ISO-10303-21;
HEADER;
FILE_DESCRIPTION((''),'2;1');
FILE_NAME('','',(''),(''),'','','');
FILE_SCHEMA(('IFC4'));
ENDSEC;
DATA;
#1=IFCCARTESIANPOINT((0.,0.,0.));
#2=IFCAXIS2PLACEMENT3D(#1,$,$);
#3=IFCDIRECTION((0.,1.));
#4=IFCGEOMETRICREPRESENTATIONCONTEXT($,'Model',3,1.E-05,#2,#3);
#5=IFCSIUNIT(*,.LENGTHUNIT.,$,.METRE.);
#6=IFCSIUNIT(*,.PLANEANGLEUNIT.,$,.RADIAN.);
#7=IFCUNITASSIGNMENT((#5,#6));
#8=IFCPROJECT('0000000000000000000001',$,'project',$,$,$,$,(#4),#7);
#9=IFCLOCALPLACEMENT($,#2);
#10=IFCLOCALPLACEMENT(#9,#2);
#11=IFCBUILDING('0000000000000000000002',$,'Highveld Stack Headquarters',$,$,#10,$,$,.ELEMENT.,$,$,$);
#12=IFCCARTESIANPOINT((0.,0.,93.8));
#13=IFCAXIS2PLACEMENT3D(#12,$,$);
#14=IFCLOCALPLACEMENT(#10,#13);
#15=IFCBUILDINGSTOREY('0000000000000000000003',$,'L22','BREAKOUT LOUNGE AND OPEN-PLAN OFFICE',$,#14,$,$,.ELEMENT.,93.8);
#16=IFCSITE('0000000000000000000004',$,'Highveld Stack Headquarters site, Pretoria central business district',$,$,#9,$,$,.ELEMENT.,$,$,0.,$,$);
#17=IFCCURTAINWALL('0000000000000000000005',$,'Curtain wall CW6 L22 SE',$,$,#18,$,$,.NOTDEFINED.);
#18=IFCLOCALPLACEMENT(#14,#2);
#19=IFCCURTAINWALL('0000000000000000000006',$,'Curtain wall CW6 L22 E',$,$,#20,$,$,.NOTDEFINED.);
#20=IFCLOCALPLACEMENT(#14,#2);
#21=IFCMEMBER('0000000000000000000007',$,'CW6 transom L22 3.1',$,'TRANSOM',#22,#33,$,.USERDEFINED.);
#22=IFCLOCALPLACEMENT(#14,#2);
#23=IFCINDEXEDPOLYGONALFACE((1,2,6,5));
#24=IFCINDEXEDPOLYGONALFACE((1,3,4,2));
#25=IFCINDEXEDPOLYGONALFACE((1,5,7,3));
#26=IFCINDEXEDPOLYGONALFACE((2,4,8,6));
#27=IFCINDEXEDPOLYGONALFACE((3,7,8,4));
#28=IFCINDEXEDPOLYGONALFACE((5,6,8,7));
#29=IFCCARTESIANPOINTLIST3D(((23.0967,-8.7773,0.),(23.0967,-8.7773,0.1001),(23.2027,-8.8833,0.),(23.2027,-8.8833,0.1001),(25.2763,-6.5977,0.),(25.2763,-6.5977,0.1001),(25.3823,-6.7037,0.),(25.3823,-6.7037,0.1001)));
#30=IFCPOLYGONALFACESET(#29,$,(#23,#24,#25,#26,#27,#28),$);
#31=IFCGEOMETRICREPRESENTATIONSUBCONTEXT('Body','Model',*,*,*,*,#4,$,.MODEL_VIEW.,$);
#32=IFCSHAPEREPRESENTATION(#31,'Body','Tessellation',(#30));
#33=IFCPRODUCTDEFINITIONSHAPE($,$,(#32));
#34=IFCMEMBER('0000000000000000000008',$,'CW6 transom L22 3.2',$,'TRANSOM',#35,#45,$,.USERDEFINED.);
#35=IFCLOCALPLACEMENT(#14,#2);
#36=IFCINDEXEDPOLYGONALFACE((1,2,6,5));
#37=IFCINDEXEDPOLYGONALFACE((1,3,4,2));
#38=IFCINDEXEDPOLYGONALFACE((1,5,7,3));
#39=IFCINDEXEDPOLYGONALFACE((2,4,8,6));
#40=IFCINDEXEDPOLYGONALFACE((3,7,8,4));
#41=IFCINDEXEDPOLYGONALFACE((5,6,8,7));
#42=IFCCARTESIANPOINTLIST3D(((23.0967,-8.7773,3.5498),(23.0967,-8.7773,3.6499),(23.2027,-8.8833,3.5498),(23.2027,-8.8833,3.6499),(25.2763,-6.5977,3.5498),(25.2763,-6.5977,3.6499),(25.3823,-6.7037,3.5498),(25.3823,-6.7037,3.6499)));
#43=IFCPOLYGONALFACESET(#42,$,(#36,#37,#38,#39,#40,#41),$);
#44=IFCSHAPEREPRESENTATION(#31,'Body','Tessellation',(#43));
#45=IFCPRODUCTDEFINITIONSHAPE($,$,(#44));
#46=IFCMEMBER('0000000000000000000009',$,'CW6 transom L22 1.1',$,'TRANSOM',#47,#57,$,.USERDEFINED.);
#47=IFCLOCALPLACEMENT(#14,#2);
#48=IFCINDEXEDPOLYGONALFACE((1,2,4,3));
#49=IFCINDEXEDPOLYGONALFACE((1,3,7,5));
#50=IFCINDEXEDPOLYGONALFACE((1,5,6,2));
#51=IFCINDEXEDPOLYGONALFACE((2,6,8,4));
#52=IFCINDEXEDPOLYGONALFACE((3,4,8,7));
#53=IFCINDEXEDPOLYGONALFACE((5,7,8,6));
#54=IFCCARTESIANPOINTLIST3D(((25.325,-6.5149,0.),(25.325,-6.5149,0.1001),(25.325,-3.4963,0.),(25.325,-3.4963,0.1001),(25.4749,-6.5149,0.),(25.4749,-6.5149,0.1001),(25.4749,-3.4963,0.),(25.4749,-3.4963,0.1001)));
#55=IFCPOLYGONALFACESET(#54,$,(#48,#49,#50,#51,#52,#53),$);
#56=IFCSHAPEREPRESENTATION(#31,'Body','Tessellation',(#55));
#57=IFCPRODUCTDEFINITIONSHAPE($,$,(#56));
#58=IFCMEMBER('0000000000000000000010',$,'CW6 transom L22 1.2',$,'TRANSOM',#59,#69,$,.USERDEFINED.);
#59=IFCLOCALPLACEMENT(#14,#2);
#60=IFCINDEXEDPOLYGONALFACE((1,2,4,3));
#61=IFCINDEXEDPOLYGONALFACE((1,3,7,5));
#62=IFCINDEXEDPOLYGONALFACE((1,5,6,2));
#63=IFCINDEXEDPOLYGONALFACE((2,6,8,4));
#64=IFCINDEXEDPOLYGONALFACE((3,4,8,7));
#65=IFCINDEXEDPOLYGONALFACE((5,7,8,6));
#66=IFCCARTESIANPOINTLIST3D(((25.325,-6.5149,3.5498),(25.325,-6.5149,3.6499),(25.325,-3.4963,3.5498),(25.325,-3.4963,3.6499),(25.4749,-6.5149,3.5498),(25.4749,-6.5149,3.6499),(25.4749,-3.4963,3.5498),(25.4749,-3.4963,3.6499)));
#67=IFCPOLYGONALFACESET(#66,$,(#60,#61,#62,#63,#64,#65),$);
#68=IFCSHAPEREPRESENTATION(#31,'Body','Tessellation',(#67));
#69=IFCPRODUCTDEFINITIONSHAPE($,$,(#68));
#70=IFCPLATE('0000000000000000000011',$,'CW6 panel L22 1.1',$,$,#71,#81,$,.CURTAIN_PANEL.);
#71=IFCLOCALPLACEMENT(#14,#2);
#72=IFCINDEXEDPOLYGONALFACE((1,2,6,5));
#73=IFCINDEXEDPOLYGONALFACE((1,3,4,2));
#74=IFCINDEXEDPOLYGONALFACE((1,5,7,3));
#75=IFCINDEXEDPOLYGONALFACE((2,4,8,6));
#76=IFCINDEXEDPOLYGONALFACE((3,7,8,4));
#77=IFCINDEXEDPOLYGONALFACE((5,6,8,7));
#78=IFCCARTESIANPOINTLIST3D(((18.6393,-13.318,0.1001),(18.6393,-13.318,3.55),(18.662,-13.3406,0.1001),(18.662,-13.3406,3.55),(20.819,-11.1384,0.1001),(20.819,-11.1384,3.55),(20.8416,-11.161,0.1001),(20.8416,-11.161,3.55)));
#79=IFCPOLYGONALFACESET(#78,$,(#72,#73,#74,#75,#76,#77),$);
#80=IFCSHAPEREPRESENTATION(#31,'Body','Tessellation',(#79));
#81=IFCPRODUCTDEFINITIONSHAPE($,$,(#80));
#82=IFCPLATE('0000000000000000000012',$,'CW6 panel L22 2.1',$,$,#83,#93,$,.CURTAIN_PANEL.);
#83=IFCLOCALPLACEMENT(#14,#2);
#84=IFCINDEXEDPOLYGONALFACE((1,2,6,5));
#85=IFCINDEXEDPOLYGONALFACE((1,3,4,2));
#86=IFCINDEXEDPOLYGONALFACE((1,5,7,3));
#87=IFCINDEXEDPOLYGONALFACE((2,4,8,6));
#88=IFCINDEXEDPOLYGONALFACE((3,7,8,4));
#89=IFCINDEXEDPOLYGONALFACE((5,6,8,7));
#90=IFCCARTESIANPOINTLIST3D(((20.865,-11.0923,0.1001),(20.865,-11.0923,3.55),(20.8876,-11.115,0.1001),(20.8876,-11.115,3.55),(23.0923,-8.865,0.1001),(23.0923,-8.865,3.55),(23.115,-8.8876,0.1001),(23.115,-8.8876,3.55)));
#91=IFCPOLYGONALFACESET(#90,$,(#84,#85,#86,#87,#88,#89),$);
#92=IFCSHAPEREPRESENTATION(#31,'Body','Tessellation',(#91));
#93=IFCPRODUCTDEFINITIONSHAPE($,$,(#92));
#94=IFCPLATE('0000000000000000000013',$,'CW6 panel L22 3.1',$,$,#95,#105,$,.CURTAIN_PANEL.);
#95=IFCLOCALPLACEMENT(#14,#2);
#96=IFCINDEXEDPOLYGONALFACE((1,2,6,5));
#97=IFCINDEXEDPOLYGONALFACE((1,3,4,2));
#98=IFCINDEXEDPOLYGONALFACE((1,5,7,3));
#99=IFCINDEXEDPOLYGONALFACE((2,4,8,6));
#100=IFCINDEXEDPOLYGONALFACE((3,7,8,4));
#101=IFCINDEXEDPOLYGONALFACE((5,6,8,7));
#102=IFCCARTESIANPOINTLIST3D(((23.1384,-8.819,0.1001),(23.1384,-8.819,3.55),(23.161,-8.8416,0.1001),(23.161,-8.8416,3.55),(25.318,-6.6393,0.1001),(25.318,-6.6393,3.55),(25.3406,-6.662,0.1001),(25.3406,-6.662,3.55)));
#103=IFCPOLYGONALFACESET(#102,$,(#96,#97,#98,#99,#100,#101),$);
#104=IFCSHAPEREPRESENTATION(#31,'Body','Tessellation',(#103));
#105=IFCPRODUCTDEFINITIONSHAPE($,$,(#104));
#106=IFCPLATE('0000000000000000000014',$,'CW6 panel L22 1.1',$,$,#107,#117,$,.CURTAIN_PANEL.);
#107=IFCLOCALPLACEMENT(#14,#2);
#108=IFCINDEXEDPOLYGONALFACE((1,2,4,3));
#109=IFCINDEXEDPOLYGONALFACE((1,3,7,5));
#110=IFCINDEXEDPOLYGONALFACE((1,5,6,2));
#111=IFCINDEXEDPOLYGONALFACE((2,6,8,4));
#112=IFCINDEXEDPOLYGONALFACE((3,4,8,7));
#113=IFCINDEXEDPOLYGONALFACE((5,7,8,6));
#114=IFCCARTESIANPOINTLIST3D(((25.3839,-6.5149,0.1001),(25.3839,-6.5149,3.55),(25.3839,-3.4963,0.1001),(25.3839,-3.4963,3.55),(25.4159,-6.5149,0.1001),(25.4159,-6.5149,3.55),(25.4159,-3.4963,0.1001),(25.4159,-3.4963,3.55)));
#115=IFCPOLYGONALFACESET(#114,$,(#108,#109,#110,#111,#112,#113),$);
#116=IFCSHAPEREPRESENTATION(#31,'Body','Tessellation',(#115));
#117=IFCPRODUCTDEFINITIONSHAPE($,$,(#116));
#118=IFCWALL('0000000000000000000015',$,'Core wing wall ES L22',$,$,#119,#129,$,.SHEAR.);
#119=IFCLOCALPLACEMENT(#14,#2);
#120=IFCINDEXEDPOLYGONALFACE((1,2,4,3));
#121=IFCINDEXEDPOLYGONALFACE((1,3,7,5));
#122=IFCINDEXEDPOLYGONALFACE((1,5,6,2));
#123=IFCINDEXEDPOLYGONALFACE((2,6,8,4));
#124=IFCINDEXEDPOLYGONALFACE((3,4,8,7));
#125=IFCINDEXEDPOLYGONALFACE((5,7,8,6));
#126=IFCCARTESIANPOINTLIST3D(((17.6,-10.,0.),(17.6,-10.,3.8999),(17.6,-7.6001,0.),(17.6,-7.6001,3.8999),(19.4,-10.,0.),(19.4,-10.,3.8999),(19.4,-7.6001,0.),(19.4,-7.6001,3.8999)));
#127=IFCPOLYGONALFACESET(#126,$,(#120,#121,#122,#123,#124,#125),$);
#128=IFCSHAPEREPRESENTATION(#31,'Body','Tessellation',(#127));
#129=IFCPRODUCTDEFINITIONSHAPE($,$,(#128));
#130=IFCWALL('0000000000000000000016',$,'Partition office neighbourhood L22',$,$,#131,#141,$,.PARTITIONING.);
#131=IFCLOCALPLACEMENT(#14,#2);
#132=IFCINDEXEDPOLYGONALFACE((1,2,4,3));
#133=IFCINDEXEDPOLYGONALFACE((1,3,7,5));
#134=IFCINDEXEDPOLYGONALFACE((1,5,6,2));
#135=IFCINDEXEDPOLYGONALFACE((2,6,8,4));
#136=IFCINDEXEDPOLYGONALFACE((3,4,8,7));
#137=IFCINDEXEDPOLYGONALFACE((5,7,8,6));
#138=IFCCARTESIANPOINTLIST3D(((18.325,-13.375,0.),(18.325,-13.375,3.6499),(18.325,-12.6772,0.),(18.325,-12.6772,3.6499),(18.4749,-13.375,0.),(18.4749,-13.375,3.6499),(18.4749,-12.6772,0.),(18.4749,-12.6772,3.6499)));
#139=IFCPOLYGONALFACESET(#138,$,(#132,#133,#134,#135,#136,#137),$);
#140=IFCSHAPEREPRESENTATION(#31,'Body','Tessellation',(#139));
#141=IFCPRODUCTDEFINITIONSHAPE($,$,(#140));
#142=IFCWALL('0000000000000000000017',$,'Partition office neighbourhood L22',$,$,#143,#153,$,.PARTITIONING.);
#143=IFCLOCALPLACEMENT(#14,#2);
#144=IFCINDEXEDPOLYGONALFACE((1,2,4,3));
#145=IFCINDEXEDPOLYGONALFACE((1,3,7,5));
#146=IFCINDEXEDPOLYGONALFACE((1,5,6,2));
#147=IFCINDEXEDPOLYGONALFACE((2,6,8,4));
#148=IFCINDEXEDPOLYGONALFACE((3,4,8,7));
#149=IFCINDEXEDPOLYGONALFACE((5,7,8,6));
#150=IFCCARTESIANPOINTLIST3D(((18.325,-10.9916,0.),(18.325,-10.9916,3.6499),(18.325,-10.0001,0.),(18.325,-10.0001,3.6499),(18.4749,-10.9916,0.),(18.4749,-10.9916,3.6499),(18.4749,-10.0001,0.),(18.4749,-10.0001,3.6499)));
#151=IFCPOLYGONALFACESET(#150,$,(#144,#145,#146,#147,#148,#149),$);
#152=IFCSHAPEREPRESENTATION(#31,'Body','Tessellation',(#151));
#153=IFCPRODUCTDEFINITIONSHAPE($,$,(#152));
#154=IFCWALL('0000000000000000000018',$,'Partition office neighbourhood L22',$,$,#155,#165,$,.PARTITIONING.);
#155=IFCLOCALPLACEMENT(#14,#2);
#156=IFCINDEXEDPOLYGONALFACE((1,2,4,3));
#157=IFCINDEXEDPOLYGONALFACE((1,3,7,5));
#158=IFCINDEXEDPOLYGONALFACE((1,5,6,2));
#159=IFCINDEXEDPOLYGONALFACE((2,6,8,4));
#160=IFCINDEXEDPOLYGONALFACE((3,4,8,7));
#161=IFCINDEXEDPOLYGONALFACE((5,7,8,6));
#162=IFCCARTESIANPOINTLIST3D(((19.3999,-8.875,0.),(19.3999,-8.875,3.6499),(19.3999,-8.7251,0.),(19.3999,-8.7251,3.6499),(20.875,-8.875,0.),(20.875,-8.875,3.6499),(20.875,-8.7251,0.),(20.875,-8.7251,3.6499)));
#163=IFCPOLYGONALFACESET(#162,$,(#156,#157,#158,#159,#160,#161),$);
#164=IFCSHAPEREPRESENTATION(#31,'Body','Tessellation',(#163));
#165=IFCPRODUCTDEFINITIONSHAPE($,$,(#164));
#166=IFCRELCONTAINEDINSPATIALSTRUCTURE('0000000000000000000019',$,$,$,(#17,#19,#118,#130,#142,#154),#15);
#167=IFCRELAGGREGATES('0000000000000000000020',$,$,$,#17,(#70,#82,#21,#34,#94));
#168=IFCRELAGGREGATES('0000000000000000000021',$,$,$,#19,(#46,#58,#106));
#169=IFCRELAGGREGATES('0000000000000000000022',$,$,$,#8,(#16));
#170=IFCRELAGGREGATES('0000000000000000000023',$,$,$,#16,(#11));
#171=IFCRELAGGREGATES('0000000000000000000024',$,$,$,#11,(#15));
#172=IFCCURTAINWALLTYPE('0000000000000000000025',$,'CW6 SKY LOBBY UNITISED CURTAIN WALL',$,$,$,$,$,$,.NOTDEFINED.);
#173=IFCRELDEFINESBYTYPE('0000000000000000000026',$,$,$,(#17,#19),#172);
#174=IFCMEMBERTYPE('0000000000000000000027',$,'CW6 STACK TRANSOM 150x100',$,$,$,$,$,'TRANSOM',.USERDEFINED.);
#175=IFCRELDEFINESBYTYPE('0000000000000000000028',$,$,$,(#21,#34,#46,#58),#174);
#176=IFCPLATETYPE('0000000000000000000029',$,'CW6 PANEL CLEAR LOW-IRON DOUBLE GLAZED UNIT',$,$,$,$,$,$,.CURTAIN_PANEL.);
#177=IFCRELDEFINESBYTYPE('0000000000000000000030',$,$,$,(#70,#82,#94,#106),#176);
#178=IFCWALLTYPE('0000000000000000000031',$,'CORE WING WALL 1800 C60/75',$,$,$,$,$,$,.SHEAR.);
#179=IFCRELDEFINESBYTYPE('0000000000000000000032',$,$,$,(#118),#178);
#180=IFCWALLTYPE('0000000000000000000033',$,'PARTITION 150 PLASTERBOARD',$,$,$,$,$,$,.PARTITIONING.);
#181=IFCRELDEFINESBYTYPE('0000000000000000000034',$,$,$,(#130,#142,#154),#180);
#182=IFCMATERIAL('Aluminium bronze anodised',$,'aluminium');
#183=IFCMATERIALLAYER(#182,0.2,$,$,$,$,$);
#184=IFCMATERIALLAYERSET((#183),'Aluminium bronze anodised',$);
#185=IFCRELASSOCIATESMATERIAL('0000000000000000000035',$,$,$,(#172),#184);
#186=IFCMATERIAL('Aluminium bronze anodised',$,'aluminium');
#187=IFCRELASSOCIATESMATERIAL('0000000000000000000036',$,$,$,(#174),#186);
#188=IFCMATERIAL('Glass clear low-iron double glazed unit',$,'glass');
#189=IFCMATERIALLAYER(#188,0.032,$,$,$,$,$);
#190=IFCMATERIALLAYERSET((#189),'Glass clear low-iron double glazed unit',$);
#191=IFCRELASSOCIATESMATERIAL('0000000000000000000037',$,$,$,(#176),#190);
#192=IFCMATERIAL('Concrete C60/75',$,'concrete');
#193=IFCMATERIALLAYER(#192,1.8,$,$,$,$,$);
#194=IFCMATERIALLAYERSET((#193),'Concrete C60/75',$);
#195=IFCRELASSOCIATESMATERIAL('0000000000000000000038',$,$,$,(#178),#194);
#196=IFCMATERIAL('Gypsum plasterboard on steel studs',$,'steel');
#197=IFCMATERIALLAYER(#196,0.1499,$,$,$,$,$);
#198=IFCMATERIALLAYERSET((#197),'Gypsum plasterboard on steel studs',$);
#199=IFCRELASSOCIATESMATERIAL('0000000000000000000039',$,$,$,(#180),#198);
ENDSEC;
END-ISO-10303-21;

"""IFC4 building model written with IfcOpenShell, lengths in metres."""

from ifc_helpers import new_model, si_unit, direction, frame, frame_2d, origin, origin_2d, place, context, subcontext, project, spatial, rectangle, extrude, material, layer, layer_set, material_profile, profile_set, type_object, element, aggregate, save


model = new_model("IFC4")

# Units and contexts
model_context = context("Model", 3, precision=1e-05, world=origin(), true_north=direction((0.0, 1.0)))
body_context = subcontext(model_context, "Body", "Model", "MODEL_VIEW")
ifc_project = project(units=[si_unit("LENGTHUNIT", "METRE"), si_unit("PLANEANGLEUNIT", "RADIAN")], contexts=[model_context])

# Site, building, storey
site_placement = place(None, origin())
site = spatial("IfcSite", under=ifc_project, at=site_placement, Name="Highveld Stack Headquarters site, Pretoria central business district", CompositionType="ELEMENT", RefElevation=0.0)
building_placement = place(site_placement, origin())
building = spatial("IfcBuilding", under=site, at=building_placement, Name="Highveld Stack Headquarters", CompositionType="ELEMENT")
storey_placement = place(building_placement, frame((0.0, 0.0, 93.8)))
storey = spatial("IfcBuildingStorey", under=building, at=storey_placement, Name="L22", Description="BREAKOUT LOUNGE AND OPEN-PLAN OFFICE", CompositionType="ELEMENT", Elevation=93.8)

# Shared definitions
ifc_material_1 = material(Name="Aluminium bronze anodised", Category="aluminium")
ifc_layer_1 = layer(ifc_material_1, 0.2)
ifc_layer_set_1 = layer_set([ifc_layer_1], Name="Aluminium bronze anodised")
curtain_wall_type = type_object("IfcCurtainWallType", Name="CW6 SKY LOBBY UNITISED CURTAIN WALL", PredefinedType="NOTDEFINED", material=ifc_layer_set_1)

# Curtain wall
curtain_wall_1_placement = place(storey_placement, origin())
curtain_wall_1 = element("IfcCurtainWall", 1, at=curtain_wall_1_placement, inside=storey, type_object=curtain_wall_type, Name="Curtain wall CW6 L22 SE", PredefinedType="NOTDEFINED")

# Curtain wall
curtain_wall_2_placement = place(storey_placement, origin())
curtain_wall_2 = element("IfcCurtainWall", 2, at=curtain_wall_2_placement, inside=storey, type_object=curtain_wall_type, Name="Curtain wall CW6 L22 E", PredefinedType="NOTDEFINED")

# Members
ifc_material_2 = material(Name="Aluminium bronze anodised", Category="aluminium")
ifc_material_profile_1 = material_profile(ifc_material_2, rectangle(XDim=0.1499, YDim=0.1001, at=origin_2d()), Name="CW6 TRANSOM 150x100")
ifc_profile_set_1 = profile_set([ifc_material_profile_1], Name="Aluminium bronze anodised")
member_type_1 = type_object("IfcMemberType", Name="CW6 STACK TRANSOM 150x100", ElementType="TRANSOM", PredefinedType="USERDEFINED", material=ifc_profile_set_1)
member_1_placement = place(storey_placement, frame((23.1497, -8.8303, 0.05), z_axis=(0.707107, 0.707107, 0.0), x_axis=(-0.707107, 0.707107, 0.0)))
member_1 = element("IfcMember", 3, at=member_1_placement, type_object=member_type_1, Name="CW6 transom L22 3.1", ObjectType="TRANSOM", PredefinedType="USERDEFINED", context=body_context, shape_type="SweptSolid", body=[
    extrude(rectangle(XDim=0.1499, YDim=0.1001, at=origin_2d()), origin(), (0.0, 0.0, 1.0), 3.0825),
])
member_2_placement = place(storey_placement, frame((23.1497, -8.8303, 3.5999), z_axis=(0.707107, 0.707107, 0.0), x_axis=(-0.707107, 0.707107, 0.0)))
member_2 = element("IfcMember", 4, at=member_2_placement, type_object=member_type_1, Name="CW6 transom L22 3.2", ObjectType="TRANSOM", PredefinedType="USERDEFINED", context=body_context, shape_type="SweptSolid", body=[
    extrude(rectangle(XDim=0.1499, YDim=0.1001, at=origin_2d()), origin(), (0.0, 0.0, 1.0), 3.0825),
])
member_3_placement = place(storey_placement, frame((25.3999, -6.5149, 0.05), z_axis=(0.0, 1.0, 0.0), x_axis=(-1.0, 0.0, 0.0)))
member_3 = element("IfcMember", 5, at=member_3_placement, type_object=member_type_1, Name="CW6 transom L22 1.1", ObjectType="TRANSOM", PredefinedType="USERDEFINED", context=body_context, shape_type="SweptSolid", body=[
    extrude(rectangle(XDim=0.1499, YDim=0.1001, at=origin_2d()), origin(), (0.0, 0.0, 1.0), 3.0186),
])
member_4_placement = place(storey_placement, frame((25.3999, -6.5149, 3.5999), z_axis=(0.0, 1.0, 0.0), x_axis=(-1.0, 0.0, 0.0)))
member_4 = element("IfcMember", 6, at=member_4_placement, type_object=member_type_1, Name="CW6 transom L22 1.2", ObjectType="TRANSOM", PredefinedType="USERDEFINED", context=body_context, shape_type="SweptSolid", body=[
    extrude(rectangle(XDim=0.1499, YDim=0.1001, at=origin_2d()), origin(), (0.0, 0.0, 1.0), 3.0186),
])

# Plates
ifc_material_3 = material(Name="Glass clear low-iron double glazed unit", Category="glass")
ifc_layer_2 = layer(ifc_material_3, 0.032)
ifc_layer_set_2 = layer_set([ifc_layer_2], Name="Glass clear low-iron double glazed unit")
plate_type = type_object("IfcPlateType", Name="CW6 PANEL CLEAR LOW-IRON DOUBLE GLAZED UNIT", PredefinedType="CURTAIN_PANEL", material=ifc_layer_set_2)
plate_1_placement = place(storey_placement, frame((19.7405, -12.2395, 0.1001), z_axis=(0.0, 0.0, 1.0), x_axis=(0.707107, 0.707107, 0.0)))
plate_1 = element("IfcPlate", 7, at=plate_1_placement, type_object=plate_type, Name="CW6 panel L22 1.1", PredefinedType="CURTAIN_PANEL", context=body_context, shape_type="SweptSolid", body=[
    extrude(rectangle(XDim=3.0825, YDim=0.032, at=origin_2d()), origin(), (0.0, 0.0, 1.0), 3.45),
])
plate_2_placement = place(storey_placement, frame((21.99, -9.99, 0.1001), z_axis=(0.0, 0.0, 1.0), x_axis=(0.707107, 0.707107, 0.0)))
plate_2 = element("IfcPlate", 8, at=plate_2_placement, type_object=plate_type, Name="CW6 panel L22 2.1", PredefinedType="CURTAIN_PANEL", context=body_context, shape_type="SweptSolid", body=[
    extrude(rectangle(XDim=3.1499, YDim=0.032, at=origin_2d()), origin(), (0.0, 0.0, 1.0), 3.45),
])
plate_3_placement = place(storey_placement, frame((24.2395, -7.7405, 0.1001), z_axis=(0.0, 0.0, 1.0), x_axis=(0.707107, 0.707107, 0.0)))
plate_3 = element("IfcPlate", 9, at=plate_3_placement, type_object=plate_type, Name="CW6 panel L22 3.1", PredefinedType="CURTAIN_PANEL", context=body_context, shape_type="SweptSolid", body=[
    extrude(rectangle(XDim=3.0825, YDim=0.032, at=origin_2d()), origin(), (0.0, 0.0, 1.0), 3.45),
])
aggregate(curtain_wall_1, [plate_1, plate_2, member_1, member_2, plate_3])
plate_4_placement = place(storey_placement, frame((25.3999, -5.0056, 0.1001), z_axis=(0.0, 0.0, 1.0), x_axis=(0.0, 1.0, 0.0)))
plate_4 = element("IfcPlate", 10, at=plate_4_placement, type_object=plate_type, Name="CW6 panel L22 1.1", PredefinedType="CURTAIN_PANEL", context=body_context, shape_type="SweptSolid", body=[
    extrude(rectangle(XDim=3.0186, YDim=0.032, at=origin_2d()), origin(), (0.0, 0.0, 1.0), 3.45),
])
aggregate(curtain_wall_2, [member_3, member_4, plate_4])

# Walls
ifc_material_4 = material(Name="Concrete C60/75", Category="concrete")
ifc_layer_3 = layer(ifc_material_4, 1.8)
ifc_layer_set_3 = layer_set([ifc_layer_3], Name="Concrete C60/75")
wall_type_1 = type_object("IfcWallType", Name="CORE WING WALL 1800 C60/75", PredefinedType="SHEAR", material=ifc_layer_set_3)
wall_1_placement = place(storey_placement, frame((18.5, -10.0, 0.0), z_axis=(0.0, 0.0, 1.0), x_axis=(0.0, 1.0, 0.0)))
element("IfcWall", 11, at=wall_1_placement, inside=storey, type_object=wall_type_1, Name="Core wing wall ES L22", PredefinedType="SHEAR", context=body_context, shape_type="SweptSolid", body=[
    extrude(rectangle(XDim=2.3999, YDim=1.8, at=frame_2d((1.2, 0.0))), origin(), (0.0, 0.0, 1.0), 3.8999),
])
ifc_material_5 = material(Name="Gypsum plasterboard on steel studs", Category="steel")
ifc_layer_4 = layer(ifc_material_5, 0.1499)
ifc_layer_set_4 = layer_set([ifc_layer_4], Name="Gypsum plasterboard on steel studs")
wall_type_2 = type_object("IfcWallType", Name="PARTITION 150 PLASTERBOARD", PredefinedType="PARTITIONING", material=ifc_layer_set_4)
wall_2_placement = place(storey_placement, frame((18.3999, -13.375, 0.0), z_axis=(0.0, 0.0, 1.0), x_axis=(0.0, 1.0, 0.0)))
element("IfcWall", 12, at=wall_2_placement, inside=storey, type_object=wall_type_2, Name="Partition office neighbourhood L22", PredefinedType="PARTITIONING", context=body_context, shape_type="SweptSolid", body=[
    extrude(rectangle(XDim=0.6978, YDim=0.1499, at=frame_2d((0.3489, 0.0))), origin(), (0.0, 0.0, 1.0), 3.6499),
])
wall_3_placement = place(storey_placement, frame((18.3999, -10.9915, 0.0), z_axis=(0.0, 0.0, 1.0), x_axis=(0.0, 1.0, 0.0)))
element("IfcWall", 13, at=wall_3_placement, inside=storey, type_object=wall_type_2, Name="Partition office neighbourhood L22", PredefinedType="PARTITIONING", context=body_context, shape_type="SweptSolid", body=[
    extrude(rectangle(XDim=0.9915, YDim=0.1499, at=frame_2d((0.4956, 0.0))), origin(), (0.0, 0.0, 1.0), 3.6499),
])
wall_4_placement = place(storey_placement, frame((19.3999, -8.8, 0.0), z_axis=(0.0, 0.0, 1.0), x_axis=(1.0, 0.0, 0.0)))
element("IfcWall", 14, at=wall_4_placement, inside=storey, type_object=wall_type_2, Name="Partition office neighbourhood L22", PredefinedType="PARTITIONING", context=body_context, shape_type="SweptSolid", body=[
    extrude(rectangle(XDim=1.4751, YDim=0.1499, at=frame_2d((0.7375, 0.0))), origin(), (0.0, 0.0, 1.0), 3.6499),
])

save(model, "model.ifc")
